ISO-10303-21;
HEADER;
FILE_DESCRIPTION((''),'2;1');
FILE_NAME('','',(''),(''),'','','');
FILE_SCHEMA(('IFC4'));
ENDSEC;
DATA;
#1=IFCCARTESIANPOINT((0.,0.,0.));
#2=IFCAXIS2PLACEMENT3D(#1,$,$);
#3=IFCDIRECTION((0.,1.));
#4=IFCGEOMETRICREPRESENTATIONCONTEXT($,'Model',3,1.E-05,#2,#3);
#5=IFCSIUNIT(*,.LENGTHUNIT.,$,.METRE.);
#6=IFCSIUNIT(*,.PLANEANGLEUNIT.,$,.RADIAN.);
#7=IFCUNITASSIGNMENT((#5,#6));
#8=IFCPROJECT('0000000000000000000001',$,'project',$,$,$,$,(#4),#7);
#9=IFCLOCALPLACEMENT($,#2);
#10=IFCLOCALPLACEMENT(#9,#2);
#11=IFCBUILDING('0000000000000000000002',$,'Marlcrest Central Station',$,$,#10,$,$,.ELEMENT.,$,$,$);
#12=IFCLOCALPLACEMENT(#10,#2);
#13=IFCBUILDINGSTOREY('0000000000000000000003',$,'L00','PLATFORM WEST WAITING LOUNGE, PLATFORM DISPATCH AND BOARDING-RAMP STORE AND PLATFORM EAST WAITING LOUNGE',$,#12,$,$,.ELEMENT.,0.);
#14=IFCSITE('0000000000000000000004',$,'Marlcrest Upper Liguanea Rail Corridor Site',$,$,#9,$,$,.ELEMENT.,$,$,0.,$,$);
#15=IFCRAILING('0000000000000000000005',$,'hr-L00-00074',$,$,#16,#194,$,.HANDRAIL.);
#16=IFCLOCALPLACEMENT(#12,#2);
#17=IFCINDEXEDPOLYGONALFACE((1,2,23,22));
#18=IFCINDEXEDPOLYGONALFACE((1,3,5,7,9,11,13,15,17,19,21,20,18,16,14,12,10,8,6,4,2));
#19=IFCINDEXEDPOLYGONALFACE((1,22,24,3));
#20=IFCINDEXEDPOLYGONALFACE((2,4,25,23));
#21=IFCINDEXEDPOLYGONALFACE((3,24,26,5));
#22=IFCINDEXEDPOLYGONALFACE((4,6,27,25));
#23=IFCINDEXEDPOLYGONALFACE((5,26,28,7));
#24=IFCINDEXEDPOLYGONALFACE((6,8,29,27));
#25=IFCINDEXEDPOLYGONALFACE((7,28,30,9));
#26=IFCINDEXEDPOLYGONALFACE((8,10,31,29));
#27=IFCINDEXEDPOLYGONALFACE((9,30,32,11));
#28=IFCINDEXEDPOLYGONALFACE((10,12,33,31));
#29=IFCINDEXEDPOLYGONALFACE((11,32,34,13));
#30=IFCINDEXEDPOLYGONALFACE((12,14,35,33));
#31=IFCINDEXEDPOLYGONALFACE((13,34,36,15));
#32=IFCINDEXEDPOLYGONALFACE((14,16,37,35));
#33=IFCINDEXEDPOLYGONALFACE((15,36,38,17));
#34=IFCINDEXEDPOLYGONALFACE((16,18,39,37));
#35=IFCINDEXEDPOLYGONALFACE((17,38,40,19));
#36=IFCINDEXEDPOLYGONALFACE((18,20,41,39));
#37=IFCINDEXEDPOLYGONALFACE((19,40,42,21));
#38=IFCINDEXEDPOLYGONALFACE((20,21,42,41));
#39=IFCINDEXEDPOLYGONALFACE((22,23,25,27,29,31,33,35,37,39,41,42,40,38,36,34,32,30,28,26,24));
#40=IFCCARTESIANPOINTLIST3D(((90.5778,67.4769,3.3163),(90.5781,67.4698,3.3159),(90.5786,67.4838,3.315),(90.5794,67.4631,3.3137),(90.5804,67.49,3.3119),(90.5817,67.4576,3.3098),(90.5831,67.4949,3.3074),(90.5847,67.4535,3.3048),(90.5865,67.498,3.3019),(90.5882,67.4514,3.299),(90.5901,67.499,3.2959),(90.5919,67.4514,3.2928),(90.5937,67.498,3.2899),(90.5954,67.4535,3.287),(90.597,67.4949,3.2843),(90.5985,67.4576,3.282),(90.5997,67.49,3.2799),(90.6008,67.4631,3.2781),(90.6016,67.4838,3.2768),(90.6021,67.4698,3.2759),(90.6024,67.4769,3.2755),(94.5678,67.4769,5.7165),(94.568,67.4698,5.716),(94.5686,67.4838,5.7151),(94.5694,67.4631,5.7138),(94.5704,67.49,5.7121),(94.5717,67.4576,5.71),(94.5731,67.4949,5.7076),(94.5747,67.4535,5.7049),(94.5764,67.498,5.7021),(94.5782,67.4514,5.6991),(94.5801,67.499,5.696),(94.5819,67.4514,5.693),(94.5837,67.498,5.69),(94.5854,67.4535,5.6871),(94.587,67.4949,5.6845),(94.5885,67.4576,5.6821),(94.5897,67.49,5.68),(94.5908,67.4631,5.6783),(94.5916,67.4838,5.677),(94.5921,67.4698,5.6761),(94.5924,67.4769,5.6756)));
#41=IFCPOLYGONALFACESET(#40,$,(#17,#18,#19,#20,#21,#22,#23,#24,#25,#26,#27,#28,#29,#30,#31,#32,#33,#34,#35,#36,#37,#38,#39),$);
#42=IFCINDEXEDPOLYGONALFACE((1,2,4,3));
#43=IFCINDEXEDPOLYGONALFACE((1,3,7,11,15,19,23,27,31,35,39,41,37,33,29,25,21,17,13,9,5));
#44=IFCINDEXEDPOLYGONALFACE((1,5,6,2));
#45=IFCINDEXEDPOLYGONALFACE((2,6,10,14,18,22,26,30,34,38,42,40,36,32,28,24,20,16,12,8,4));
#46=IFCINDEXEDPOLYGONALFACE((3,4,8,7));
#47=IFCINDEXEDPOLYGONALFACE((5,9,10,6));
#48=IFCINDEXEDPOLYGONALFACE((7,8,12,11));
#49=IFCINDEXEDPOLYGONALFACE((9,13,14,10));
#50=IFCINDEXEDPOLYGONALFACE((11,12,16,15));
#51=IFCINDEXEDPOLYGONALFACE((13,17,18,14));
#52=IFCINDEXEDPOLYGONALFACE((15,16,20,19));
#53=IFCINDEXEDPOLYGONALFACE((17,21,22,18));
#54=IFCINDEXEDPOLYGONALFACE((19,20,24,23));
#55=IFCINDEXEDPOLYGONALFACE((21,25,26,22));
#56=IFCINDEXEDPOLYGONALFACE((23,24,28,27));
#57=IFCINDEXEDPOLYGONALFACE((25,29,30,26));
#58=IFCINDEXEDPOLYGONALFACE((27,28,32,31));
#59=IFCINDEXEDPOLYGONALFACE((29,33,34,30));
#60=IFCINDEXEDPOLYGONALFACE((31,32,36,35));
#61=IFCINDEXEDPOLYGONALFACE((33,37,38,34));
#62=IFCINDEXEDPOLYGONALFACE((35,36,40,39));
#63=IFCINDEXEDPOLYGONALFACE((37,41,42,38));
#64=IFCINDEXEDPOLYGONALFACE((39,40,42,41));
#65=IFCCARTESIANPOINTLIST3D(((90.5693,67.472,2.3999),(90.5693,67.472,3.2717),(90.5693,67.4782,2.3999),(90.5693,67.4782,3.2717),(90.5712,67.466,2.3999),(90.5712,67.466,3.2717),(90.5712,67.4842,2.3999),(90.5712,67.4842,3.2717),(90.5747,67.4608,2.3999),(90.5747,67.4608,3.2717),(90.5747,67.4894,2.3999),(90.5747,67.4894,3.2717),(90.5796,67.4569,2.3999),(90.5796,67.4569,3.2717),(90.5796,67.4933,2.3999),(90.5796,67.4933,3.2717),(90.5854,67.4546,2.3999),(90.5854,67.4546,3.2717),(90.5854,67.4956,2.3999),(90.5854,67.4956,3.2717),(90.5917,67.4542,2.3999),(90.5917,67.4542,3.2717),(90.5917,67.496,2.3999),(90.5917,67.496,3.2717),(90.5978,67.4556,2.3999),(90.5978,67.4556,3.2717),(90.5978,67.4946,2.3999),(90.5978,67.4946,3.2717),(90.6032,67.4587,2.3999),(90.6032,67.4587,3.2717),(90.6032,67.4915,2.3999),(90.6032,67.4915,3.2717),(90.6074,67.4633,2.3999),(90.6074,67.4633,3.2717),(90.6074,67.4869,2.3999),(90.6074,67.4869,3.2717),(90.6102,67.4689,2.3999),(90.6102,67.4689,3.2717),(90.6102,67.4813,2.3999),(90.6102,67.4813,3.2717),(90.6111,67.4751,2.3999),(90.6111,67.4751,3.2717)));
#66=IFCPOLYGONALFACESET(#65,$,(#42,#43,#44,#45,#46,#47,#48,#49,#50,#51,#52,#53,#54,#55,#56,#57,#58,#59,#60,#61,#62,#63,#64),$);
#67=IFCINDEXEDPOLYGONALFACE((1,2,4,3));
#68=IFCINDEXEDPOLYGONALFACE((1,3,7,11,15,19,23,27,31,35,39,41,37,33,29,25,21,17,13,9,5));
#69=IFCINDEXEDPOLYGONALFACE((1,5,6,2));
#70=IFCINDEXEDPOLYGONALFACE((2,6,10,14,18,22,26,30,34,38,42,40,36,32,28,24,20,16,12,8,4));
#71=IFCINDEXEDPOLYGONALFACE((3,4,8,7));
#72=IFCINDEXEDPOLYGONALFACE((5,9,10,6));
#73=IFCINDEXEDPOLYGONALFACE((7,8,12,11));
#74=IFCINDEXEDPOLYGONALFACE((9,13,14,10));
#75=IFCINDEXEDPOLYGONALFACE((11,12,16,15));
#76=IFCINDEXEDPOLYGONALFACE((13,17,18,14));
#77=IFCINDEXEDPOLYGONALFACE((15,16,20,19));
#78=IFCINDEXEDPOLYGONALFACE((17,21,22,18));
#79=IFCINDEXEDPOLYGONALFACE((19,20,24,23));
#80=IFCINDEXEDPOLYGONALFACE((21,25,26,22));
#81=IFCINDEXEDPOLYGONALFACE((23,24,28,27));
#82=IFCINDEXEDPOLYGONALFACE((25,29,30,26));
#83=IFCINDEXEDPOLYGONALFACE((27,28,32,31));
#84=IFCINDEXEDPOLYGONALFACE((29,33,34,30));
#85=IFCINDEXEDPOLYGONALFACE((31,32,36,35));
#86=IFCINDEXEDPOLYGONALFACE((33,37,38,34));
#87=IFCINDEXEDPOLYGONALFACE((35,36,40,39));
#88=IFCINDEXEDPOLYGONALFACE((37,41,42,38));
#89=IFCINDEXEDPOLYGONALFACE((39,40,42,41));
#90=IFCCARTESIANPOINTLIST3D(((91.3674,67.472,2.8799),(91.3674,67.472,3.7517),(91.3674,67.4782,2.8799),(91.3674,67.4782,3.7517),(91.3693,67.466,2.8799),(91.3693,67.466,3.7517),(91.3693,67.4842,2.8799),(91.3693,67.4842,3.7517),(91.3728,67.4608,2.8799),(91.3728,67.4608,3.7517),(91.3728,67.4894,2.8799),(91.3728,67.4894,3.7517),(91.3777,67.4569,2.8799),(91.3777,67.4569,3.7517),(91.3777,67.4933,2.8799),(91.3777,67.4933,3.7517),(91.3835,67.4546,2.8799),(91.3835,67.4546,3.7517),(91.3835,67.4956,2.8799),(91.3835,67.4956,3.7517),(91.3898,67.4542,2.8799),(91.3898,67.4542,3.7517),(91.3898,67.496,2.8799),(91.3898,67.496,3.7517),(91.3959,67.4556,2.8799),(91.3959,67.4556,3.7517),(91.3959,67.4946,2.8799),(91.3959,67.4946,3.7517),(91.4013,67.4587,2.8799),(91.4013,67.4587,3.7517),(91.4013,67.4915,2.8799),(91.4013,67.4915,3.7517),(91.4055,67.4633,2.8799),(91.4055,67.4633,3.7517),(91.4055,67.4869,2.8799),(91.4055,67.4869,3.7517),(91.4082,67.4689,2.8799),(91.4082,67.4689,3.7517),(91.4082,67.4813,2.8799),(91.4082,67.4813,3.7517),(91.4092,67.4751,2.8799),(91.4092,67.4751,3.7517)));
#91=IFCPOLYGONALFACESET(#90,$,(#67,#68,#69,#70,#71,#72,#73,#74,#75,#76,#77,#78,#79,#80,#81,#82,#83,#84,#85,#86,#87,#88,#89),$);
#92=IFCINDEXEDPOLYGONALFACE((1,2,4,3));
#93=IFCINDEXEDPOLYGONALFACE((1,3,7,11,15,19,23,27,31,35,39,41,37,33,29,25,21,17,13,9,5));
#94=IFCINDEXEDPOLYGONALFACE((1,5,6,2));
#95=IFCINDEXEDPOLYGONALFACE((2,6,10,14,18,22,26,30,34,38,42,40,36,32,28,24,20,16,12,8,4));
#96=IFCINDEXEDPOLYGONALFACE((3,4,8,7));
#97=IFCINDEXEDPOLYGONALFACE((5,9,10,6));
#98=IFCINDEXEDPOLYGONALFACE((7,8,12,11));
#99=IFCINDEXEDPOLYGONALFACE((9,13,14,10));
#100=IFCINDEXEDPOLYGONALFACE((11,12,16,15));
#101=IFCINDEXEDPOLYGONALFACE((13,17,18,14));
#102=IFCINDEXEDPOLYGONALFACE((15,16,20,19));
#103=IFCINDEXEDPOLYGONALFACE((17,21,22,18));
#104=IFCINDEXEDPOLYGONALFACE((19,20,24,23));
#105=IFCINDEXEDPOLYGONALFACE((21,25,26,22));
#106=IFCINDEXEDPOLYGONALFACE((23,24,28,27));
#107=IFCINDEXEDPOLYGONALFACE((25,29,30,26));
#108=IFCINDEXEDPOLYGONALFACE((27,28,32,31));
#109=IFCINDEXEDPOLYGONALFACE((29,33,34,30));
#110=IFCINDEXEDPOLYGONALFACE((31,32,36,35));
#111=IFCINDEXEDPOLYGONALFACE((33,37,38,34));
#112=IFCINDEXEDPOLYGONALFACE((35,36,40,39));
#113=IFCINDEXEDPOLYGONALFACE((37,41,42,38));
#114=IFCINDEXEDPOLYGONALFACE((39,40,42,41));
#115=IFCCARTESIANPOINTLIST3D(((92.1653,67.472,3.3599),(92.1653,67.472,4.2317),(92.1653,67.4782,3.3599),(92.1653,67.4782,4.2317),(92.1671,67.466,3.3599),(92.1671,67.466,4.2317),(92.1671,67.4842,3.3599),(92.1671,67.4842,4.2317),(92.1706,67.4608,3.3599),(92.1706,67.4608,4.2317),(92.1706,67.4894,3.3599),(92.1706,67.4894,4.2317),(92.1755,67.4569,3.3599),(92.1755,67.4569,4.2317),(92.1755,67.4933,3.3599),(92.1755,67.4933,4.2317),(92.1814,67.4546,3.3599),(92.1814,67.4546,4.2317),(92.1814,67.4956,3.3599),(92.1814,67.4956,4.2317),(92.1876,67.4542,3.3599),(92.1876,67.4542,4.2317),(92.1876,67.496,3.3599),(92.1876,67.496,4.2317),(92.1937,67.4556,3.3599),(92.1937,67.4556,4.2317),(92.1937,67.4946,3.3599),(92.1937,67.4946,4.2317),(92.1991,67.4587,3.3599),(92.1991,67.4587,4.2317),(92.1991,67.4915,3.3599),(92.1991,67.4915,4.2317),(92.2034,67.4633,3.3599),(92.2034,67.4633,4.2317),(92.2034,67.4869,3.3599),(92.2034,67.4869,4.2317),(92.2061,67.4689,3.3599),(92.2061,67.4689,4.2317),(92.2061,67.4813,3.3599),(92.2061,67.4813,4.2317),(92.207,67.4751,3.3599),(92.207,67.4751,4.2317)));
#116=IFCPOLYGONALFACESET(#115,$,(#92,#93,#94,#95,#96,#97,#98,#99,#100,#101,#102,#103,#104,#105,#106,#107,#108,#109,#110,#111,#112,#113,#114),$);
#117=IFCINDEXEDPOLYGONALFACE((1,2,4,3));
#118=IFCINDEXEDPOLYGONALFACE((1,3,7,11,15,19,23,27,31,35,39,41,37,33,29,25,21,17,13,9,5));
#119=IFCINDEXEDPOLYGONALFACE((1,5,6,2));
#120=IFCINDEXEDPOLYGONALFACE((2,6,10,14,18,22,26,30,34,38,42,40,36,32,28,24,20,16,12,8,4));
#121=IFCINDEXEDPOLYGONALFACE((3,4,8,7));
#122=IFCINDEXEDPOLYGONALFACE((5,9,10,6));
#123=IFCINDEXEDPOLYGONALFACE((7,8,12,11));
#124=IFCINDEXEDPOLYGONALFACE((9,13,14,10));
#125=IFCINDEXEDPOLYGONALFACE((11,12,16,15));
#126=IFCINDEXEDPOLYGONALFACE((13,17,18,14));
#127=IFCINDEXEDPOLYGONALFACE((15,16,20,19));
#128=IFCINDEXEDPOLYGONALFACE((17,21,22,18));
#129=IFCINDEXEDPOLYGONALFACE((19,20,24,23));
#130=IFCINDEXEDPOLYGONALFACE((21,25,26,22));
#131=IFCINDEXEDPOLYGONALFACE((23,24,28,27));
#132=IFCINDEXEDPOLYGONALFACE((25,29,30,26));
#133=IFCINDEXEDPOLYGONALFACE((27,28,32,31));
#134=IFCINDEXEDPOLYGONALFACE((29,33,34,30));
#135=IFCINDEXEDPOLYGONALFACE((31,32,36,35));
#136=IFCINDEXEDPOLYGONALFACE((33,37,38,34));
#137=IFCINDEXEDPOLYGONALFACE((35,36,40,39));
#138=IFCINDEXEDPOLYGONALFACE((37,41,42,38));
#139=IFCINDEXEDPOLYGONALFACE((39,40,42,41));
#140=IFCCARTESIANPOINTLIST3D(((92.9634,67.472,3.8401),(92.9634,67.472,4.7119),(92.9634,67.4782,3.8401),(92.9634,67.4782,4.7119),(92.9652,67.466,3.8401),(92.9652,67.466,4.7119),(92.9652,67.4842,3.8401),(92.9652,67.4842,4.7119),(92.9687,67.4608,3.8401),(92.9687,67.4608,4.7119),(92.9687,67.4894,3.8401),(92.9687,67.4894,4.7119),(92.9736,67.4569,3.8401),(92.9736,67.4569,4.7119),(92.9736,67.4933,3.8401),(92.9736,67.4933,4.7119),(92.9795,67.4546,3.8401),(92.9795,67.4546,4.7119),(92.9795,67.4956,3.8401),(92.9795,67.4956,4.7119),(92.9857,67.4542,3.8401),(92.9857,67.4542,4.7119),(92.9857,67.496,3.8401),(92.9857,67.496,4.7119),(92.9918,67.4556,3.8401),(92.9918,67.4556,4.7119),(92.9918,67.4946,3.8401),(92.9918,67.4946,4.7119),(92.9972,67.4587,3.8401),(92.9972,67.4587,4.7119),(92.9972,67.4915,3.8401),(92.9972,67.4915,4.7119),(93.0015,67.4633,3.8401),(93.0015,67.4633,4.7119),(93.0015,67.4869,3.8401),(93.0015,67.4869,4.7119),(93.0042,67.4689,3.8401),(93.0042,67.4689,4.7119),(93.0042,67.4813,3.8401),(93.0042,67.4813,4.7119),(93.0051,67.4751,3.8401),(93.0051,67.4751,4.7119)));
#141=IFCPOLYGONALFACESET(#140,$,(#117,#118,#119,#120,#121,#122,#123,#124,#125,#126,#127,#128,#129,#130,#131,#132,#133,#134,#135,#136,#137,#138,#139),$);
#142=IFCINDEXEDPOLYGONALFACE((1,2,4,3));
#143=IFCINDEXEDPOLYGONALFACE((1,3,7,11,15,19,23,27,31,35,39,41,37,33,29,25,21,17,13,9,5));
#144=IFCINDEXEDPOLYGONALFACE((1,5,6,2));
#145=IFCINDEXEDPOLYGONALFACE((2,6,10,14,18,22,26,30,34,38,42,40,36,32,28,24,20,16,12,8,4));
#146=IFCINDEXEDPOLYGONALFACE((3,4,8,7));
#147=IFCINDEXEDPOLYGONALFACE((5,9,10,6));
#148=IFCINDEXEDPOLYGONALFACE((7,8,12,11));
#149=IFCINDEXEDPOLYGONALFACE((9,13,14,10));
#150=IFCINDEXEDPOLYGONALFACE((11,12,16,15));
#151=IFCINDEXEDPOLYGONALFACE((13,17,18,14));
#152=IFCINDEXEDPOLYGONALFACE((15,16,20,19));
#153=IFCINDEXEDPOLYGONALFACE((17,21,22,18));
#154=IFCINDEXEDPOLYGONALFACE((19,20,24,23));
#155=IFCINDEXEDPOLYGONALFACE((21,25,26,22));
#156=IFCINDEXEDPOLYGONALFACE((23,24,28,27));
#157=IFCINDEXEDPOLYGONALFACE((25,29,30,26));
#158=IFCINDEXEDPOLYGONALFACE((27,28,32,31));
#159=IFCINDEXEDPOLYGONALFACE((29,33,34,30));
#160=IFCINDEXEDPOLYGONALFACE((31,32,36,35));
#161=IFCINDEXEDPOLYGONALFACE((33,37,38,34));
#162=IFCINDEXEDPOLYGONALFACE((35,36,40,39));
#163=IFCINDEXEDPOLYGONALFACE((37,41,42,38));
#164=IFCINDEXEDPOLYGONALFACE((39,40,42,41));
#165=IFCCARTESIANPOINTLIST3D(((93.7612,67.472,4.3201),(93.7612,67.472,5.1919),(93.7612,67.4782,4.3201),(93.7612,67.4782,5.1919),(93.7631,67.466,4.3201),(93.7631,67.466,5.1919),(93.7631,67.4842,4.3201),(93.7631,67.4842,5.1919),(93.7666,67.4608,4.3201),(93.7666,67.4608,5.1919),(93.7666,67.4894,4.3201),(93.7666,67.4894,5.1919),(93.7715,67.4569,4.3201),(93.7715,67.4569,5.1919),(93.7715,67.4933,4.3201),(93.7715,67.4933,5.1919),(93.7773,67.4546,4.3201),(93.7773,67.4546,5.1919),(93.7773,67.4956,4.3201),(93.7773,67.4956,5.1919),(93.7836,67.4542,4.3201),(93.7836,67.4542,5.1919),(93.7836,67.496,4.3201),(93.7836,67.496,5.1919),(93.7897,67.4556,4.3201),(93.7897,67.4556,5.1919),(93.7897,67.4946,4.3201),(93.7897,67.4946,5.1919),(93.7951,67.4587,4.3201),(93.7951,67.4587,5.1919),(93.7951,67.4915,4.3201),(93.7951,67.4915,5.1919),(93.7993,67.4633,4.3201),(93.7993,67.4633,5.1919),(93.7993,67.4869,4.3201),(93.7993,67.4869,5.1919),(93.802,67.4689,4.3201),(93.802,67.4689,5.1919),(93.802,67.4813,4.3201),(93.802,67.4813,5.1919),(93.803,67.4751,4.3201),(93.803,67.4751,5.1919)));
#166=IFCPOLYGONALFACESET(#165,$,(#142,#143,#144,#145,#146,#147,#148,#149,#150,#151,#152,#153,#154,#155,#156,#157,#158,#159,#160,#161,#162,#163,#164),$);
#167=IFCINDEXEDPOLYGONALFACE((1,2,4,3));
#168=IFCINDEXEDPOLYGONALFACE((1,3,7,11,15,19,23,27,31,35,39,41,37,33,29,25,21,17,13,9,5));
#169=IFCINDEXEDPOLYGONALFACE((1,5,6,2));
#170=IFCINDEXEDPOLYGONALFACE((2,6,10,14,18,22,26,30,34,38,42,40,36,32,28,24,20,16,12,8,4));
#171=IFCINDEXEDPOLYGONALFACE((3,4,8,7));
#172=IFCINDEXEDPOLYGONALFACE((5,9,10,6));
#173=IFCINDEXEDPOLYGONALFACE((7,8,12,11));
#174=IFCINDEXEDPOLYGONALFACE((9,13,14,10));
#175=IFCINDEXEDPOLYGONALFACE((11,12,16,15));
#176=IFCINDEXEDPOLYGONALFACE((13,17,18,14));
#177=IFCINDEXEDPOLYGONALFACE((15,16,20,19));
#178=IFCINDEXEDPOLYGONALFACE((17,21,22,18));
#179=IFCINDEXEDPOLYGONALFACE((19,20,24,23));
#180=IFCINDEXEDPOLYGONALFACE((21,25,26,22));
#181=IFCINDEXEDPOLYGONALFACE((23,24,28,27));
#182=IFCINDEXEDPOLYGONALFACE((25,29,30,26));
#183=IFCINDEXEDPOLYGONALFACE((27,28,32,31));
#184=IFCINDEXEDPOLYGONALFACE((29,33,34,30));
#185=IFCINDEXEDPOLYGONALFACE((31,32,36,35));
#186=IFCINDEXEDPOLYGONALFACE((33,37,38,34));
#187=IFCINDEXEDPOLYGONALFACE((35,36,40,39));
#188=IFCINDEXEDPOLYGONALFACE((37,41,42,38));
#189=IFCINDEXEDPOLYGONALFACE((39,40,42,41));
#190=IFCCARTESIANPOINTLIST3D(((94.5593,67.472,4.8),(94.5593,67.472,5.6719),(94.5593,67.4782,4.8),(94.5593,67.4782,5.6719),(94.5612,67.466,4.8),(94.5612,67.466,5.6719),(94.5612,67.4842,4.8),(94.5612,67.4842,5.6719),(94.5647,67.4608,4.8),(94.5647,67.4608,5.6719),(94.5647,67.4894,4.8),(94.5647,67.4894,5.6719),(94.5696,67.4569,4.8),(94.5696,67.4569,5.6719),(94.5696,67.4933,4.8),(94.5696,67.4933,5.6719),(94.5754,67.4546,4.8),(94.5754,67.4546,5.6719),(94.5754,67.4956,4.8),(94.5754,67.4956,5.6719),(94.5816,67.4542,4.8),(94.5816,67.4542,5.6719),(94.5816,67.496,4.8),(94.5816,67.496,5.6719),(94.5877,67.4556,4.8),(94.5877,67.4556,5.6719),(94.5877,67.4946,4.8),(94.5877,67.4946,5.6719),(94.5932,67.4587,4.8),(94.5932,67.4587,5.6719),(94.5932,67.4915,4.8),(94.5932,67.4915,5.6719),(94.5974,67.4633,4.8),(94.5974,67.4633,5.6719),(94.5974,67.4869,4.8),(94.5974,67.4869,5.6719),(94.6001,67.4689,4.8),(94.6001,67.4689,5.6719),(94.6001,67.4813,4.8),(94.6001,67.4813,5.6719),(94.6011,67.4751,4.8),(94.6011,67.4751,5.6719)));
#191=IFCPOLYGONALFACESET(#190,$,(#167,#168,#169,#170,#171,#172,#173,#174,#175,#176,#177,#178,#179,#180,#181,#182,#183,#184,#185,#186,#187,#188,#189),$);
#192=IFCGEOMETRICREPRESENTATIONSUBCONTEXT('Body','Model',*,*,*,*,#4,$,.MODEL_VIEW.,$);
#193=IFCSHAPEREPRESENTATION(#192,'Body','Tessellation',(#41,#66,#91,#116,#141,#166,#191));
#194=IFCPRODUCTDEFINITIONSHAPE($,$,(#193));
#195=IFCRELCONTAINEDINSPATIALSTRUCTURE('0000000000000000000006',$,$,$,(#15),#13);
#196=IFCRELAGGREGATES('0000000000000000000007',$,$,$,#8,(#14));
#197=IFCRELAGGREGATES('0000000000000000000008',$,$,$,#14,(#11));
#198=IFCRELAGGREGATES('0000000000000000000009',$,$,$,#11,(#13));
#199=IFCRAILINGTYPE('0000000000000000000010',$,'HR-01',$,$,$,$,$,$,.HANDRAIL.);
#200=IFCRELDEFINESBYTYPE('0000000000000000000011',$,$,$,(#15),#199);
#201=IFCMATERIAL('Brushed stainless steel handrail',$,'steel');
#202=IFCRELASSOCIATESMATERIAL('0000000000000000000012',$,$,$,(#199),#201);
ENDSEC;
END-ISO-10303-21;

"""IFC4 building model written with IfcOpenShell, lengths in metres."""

from ifc_helpers import new_model, si_unit, direction, frame, origin, origin_2d, place, context, subcontext, project, spatial, circle, extrude, material, type_object, element, save


model = new_model("IFC4")

# Units and contexts
model_context = context("Model", 3, precision=1e-05, world=origin(), true_north=direction((0.0, 1.0)))
body_context = subcontext(model_context, "Body", "Model", "MODEL_VIEW")
ifc_project = project(units=[si_unit("LENGTHUNIT", "METRE"), si_unit("PLANEANGLEUNIT", "RADIAN")], contexts=[model_context])

# Site, building, storey
site_placement = place(None, origin())
site = spatial("IfcSite", under=ifc_project, at=site_placement, Name="Marlcrest Upper Liguanea Rail Corridor Site", CompositionType="ELEMENT", RefElevation=0.0)
building_placement = place(site_placement, origin())
building = spatial("IfcBuilding", under=site, at=building_placement, Name="Marlcrest Central Station", CompositionType="ELEMENT")
storey_placement = place(building_placement, origin())
storey = spatial("IfcBuildingStorey", under=building, at=storey_placement, Name="L00", Description="PLATFORM WEST WAITING LOUNGE, PLATFORM DISPATCH AND BOARDING-RAMP STORE AND PLATFORM EAST WAITING LOUNGE", CompositionType="ELEMENT", Elevation=0.0)

# Railing
ifc_material_1 = material(Name="Brushed stainless steel handrail", Category="steel")
railing_type = type_object("IfcRailingType", Name="HR-01", PredefinedType="HANDRAIL", material=ifc_material_1)
railing_placement = place(storey_placement, frame((90.5901, 67.4751, 2.3999)))
element("IfcRailing", 1, at=railing_placement, inside=storey, type_object=railing_type, Name="hr-L00-00074", PredefinedType="HANDRAIL", context=body_context, shape_type="SweptSolid", body=[
    extrude(circle(Radius=0.0239, at=origin_2d()), frame((0.0, 0.0, 0.896), z_axis=(0.856909, 0.0, 0.515467), x_axis=(0.0, 1.0, 0.0)), (0.0, 0.0, 1.0), 4.6562),
    extrude(circle(Radius=0.021, at=origin_2d()), origin(), (0.0, 0.0, 1.0), 0.8718),
    extrude(circle(Radius=0.021, at=origin_2d()), frame((0.7981, 0.0, 0.48)), (0.0, 0.0, 1.0), 0.8718),
    extrude(circle(Radius=0.021, at=origin_2d()), frame((1.5959, 0.0, 0.96)), (0.0, 0.0, 1.0), 0.8718),
    extrude(circle(Radius=0.021, at=origin_2d()), frame((2.394, 0.0, 1.4402)), (0.0, 0.0, 1.0), 0.8718),
    extrude(circle(Radius=0.021, at=origin_2d()), frame((3.1919, 0.0, 1.9202)), (0.0, 0.0, 1.0), 0.8718),
    extrude(circle(Radius=0.021, at=origin_2d()), frame((3.99, 0.0, 2.4001)), (0.0, 0.0, 1.0), 0.8718),
])

save(model, "model.ifc")
